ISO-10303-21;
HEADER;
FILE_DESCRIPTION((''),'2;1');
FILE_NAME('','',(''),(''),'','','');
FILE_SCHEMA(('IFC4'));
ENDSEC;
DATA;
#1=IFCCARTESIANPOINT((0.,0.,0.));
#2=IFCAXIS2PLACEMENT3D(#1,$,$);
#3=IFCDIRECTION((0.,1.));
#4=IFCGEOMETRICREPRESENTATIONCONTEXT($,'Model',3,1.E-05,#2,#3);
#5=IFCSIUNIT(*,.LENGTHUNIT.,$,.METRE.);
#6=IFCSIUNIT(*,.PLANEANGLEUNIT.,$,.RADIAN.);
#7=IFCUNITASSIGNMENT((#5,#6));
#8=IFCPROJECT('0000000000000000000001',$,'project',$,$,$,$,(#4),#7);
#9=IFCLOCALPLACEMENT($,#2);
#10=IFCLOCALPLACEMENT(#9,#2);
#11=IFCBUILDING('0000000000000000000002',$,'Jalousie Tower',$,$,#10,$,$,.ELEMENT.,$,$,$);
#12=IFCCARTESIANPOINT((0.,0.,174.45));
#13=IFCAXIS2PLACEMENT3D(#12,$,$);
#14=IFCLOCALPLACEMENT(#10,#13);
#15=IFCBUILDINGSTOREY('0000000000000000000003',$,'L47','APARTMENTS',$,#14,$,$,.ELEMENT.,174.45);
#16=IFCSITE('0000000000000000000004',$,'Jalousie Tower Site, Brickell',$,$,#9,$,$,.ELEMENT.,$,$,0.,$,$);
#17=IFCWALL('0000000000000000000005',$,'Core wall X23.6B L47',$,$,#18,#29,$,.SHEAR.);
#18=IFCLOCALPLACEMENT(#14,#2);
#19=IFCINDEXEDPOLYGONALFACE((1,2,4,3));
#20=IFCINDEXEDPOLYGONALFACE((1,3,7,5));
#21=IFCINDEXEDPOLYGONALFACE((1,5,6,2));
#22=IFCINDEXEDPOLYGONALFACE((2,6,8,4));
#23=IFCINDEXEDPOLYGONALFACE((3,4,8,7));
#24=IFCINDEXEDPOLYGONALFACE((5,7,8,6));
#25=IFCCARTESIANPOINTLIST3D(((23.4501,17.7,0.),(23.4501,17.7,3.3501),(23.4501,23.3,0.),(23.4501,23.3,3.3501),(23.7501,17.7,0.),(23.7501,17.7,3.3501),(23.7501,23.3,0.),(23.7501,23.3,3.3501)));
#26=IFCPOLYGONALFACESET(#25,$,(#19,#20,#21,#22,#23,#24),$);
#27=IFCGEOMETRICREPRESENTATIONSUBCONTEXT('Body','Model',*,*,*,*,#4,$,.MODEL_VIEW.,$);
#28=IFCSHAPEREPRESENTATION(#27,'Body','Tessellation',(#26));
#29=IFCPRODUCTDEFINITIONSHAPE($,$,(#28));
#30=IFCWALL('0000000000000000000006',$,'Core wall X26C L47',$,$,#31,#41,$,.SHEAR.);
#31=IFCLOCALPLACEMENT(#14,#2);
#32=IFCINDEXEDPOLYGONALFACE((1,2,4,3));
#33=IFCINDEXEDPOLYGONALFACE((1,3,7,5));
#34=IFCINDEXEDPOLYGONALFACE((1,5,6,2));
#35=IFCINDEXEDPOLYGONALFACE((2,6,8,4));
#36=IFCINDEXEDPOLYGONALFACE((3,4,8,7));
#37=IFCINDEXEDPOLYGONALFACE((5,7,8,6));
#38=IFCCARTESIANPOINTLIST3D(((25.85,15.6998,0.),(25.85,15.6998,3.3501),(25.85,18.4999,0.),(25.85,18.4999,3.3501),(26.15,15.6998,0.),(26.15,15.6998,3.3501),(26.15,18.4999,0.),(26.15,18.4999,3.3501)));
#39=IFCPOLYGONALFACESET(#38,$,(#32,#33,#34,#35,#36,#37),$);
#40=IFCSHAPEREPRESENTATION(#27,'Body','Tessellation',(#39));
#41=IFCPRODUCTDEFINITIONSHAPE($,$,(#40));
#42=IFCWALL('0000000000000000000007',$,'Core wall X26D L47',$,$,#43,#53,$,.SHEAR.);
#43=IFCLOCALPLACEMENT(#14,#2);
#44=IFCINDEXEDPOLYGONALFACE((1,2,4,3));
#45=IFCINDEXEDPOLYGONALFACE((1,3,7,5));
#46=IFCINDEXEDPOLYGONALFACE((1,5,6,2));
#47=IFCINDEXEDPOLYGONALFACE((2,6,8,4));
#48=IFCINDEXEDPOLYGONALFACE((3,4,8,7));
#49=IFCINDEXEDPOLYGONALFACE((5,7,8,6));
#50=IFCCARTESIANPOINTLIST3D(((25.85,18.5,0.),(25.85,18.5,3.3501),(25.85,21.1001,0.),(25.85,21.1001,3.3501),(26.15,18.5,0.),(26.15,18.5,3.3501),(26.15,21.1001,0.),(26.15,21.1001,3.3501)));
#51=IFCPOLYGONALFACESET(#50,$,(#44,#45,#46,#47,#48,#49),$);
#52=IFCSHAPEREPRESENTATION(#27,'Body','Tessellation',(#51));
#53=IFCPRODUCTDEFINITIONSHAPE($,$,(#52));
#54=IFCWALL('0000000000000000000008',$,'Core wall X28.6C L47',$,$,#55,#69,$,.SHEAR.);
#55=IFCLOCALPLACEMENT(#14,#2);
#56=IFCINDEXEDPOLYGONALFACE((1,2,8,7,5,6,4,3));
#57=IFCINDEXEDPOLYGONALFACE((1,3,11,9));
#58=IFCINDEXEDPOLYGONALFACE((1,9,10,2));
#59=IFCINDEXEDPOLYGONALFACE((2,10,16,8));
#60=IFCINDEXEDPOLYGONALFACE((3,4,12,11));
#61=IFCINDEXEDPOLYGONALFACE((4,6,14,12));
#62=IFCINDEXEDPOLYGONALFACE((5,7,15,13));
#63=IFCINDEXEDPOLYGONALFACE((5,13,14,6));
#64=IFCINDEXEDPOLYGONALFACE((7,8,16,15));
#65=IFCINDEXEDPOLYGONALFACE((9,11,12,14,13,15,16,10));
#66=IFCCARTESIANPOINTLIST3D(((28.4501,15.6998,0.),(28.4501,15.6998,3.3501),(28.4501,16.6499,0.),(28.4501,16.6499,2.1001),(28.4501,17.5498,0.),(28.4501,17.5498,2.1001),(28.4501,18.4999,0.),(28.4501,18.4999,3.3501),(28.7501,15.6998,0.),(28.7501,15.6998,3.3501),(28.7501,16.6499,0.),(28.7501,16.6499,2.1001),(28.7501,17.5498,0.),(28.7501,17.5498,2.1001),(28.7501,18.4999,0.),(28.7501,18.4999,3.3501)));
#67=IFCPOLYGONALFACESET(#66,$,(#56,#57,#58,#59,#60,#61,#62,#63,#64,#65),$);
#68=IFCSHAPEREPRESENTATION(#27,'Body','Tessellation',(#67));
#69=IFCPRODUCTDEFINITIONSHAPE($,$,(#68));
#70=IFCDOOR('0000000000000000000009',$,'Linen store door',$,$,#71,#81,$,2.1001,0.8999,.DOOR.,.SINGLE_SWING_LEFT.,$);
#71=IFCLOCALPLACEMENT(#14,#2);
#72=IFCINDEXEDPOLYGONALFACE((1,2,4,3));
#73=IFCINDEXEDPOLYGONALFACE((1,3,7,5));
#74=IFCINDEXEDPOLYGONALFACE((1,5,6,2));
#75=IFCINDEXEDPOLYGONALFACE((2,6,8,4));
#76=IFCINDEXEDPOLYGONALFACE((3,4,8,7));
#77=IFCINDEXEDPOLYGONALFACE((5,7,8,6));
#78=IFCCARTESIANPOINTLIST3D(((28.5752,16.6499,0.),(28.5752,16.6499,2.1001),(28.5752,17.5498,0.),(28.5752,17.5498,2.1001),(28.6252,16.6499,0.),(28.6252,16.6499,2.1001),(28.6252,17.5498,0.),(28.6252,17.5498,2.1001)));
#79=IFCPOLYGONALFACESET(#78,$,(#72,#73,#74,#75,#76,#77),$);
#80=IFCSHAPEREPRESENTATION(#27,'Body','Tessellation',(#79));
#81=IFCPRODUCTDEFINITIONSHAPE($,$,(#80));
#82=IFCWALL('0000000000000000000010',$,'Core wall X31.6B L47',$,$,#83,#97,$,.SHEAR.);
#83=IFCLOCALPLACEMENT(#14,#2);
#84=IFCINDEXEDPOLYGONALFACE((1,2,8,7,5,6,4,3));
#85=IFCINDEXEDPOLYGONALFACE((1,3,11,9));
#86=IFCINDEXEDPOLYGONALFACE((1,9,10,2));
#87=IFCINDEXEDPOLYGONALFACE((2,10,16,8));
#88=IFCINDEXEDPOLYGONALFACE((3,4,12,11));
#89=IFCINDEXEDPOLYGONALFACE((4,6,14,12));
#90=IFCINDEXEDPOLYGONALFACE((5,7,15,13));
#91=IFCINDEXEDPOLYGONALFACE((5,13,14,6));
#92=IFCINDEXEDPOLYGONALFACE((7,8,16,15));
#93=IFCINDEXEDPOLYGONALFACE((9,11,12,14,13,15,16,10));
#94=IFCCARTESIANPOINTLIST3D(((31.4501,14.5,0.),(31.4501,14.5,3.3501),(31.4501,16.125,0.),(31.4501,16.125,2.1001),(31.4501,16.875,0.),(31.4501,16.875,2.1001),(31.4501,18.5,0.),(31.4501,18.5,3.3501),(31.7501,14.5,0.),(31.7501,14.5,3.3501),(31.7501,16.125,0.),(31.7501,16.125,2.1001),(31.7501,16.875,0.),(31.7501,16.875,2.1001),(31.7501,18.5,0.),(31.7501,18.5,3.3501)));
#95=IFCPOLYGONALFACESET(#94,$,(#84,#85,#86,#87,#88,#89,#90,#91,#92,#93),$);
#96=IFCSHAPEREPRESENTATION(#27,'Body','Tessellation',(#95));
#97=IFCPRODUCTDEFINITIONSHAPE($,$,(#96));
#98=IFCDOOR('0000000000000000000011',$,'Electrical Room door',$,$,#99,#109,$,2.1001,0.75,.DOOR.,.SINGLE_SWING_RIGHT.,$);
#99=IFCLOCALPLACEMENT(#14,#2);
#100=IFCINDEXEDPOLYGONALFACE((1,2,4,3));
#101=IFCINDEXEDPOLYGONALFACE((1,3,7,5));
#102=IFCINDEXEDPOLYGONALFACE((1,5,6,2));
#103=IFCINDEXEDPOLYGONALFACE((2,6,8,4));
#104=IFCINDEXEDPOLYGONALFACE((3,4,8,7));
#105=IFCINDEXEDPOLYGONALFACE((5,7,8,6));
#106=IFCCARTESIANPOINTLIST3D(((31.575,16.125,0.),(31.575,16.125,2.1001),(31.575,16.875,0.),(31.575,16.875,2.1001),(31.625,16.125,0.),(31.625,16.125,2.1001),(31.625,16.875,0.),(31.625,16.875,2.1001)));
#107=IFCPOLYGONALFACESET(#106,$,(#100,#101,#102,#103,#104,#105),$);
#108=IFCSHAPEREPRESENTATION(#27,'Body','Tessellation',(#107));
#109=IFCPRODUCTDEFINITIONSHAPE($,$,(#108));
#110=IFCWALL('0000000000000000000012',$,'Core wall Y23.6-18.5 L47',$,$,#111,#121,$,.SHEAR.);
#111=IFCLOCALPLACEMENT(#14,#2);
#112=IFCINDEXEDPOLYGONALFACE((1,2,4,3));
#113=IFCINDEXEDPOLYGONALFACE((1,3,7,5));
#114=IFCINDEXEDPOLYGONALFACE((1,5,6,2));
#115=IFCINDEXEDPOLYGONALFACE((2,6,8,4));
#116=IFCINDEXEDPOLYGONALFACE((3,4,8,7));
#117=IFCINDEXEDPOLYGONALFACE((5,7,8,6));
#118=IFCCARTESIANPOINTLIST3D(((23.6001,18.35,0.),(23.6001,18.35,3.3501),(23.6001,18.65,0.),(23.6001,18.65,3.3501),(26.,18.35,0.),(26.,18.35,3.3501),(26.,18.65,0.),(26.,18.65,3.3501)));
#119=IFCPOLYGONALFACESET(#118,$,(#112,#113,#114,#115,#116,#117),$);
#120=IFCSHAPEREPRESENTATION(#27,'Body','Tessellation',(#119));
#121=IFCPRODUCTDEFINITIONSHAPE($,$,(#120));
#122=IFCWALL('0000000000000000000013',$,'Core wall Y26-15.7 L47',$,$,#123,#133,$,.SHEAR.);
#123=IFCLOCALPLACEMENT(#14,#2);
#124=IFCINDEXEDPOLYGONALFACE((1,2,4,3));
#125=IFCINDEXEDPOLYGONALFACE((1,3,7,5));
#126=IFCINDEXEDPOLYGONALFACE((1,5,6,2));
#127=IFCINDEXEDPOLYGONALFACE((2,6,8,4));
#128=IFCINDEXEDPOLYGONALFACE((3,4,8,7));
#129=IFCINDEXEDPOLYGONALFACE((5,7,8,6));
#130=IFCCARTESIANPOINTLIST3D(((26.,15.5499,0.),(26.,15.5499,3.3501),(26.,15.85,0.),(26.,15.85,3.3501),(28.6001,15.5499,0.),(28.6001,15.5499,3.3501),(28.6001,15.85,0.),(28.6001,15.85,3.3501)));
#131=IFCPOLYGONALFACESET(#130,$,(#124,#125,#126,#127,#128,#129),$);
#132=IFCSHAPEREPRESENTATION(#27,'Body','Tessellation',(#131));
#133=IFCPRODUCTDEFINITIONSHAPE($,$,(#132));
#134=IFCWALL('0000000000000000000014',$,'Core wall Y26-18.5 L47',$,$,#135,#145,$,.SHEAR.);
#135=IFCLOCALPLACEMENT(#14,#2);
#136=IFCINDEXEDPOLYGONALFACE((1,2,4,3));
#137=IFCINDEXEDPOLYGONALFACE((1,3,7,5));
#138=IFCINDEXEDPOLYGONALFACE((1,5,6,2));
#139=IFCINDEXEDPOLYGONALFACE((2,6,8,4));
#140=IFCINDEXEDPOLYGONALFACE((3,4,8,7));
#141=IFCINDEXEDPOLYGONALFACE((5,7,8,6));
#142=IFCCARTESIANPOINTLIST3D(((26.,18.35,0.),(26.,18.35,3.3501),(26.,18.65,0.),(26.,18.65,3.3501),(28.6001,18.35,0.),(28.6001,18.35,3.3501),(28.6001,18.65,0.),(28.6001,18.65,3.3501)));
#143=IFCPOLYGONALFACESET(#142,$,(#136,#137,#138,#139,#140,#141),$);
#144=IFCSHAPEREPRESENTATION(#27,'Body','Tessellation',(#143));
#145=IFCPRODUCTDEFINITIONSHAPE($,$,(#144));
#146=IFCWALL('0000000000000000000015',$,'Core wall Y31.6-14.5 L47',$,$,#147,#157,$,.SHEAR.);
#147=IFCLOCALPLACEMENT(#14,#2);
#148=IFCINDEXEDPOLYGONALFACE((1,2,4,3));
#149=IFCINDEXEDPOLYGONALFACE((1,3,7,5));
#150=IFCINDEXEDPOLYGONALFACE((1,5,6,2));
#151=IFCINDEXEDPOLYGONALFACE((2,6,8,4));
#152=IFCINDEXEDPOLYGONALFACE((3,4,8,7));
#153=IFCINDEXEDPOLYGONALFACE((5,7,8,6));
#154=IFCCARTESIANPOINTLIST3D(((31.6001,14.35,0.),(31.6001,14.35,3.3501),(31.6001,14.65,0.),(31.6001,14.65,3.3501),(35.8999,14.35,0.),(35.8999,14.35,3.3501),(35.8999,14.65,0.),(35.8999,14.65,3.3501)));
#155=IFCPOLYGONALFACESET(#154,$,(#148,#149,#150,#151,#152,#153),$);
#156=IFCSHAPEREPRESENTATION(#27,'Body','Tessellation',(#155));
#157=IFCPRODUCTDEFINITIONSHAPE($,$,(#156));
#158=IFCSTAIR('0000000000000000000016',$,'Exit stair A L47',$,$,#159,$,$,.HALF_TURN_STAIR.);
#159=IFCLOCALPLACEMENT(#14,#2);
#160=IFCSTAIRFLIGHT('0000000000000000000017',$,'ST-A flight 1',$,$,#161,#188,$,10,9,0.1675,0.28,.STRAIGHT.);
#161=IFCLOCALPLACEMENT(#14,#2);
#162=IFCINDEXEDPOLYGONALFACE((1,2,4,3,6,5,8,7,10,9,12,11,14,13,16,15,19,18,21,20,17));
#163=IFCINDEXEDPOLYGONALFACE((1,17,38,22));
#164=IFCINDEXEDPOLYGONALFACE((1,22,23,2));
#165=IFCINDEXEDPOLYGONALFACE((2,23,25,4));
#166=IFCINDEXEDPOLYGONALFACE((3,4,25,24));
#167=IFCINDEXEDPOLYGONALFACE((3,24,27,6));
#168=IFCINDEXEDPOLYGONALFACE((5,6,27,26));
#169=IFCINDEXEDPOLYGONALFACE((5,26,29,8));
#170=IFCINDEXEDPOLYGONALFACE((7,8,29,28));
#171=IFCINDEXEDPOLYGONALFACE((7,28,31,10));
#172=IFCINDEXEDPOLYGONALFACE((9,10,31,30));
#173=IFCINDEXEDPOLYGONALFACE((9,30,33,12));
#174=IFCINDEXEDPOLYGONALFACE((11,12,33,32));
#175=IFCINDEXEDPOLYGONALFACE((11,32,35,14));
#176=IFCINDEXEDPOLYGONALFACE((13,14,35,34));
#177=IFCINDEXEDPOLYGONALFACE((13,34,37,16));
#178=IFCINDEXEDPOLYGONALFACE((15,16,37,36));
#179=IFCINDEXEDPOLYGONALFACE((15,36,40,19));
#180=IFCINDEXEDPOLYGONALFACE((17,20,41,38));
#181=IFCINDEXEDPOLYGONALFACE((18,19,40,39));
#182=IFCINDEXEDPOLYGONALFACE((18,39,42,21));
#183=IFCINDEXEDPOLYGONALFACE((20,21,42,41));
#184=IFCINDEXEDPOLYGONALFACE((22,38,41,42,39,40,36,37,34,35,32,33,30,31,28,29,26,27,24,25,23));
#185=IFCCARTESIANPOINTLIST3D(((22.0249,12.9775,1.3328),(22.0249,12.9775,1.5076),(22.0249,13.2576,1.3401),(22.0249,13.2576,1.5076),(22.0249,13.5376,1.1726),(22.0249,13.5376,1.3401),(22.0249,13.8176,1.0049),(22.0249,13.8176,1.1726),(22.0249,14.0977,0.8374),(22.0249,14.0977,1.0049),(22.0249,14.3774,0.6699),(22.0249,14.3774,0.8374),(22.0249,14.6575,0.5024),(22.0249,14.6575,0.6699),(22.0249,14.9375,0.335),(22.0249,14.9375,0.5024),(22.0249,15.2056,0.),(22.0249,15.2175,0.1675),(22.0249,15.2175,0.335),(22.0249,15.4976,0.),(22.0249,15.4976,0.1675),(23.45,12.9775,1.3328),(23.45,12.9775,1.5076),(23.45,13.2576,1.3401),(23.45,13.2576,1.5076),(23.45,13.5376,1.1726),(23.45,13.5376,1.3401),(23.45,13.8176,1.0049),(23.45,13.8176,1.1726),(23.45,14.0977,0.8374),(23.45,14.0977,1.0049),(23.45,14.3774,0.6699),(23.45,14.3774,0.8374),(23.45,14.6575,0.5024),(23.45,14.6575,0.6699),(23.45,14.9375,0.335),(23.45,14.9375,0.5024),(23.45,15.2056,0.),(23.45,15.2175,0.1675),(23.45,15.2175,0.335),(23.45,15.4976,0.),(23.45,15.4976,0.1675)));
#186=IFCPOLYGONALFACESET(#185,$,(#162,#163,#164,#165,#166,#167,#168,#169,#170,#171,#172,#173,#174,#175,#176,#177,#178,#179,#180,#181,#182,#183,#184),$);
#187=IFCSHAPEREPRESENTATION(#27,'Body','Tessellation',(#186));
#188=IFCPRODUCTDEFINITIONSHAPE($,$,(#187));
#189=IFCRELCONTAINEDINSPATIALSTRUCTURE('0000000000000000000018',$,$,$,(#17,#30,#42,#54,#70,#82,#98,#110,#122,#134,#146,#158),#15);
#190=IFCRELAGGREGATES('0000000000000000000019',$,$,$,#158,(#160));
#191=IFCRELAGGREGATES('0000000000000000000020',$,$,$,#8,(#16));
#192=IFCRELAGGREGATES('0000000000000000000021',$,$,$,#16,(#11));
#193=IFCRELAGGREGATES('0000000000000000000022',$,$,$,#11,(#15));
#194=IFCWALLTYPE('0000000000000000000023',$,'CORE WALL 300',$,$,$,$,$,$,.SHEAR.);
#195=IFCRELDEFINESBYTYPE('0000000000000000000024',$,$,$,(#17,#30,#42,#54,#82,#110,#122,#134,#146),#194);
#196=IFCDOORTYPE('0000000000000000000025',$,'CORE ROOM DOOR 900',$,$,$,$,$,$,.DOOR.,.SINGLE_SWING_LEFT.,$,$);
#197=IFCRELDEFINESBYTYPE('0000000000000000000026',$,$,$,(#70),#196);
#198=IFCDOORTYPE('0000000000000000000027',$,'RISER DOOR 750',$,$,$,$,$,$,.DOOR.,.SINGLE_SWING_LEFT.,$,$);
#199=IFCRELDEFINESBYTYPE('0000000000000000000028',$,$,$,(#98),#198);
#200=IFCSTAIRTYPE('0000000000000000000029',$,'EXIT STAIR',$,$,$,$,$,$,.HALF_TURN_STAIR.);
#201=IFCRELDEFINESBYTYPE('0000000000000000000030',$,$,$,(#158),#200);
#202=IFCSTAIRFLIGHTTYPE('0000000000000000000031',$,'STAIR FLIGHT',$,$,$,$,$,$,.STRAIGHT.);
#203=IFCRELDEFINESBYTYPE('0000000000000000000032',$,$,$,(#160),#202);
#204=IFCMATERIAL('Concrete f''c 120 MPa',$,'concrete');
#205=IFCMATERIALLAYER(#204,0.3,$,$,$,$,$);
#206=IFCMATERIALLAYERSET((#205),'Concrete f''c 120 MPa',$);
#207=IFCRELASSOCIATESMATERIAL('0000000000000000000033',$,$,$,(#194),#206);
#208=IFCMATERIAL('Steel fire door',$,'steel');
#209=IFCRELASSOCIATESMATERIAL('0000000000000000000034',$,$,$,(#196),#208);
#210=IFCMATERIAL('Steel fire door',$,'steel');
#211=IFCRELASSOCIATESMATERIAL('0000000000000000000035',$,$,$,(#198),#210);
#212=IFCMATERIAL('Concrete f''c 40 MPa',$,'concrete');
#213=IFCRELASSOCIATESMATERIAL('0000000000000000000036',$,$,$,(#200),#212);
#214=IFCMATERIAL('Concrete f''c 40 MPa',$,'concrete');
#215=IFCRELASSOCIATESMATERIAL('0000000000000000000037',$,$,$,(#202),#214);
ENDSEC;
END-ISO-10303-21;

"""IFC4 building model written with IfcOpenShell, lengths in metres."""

from ifc_helpers import new_model, si_unit, direction, frame, frame_2d, origin, place, context, subcontext, project, spatial, polyline, rectangle, outline, extrude, material, layer, layer_set, type_object, element, fill, aggregate, save


model = new_model("IFC4")

# Units and contexts
model_context = context("Model", 3, precision=1e-05, world=origin(), true_north=direction((0.0, 1.0)))
body_context = subcontext(model_context, "Body", "Model", "MODEL_VIEW")
ifc_project = project(units=[si_unit("LENGTHUNIT", "METRE"), si_unit("PLANEANGLEUNIT", "RADIAN")], contexts=[model_context])

# Site, building, storey
site_placement = place(None, origin())
site = spatial("IfcSite", under=ifc_project, at=site_placement, Name="Jalousie Tower Site, Brickell", CompositionType="ELEMENT", RefElevation=0.0)
building_placement = place(site_placement, origin())
building = spatial("IfcBuilding", under=site, at=building_placement, Name="Jalousie Tower", CompositionType="ELEMENT")
storey_placement = place(building_placement, frame((0.0, 0.0, 174.45)))
storey = spatial("IfcBuildingStorey", under=building, at=storey_placement, Name="L47", Description="APARTMENTS", CompositionType="ELEMENT", Elevation=174.45)

# Walls
ifc_material_1 = material(Name="Concrete f'c 120 MPa", Category="concrete")
ifc_layer = layer(ifc_material_1, 0.3)
ifc_layer_set = layer_set([ifc_layer], Name="Concrete f'c 120 MPa")
wall_type = type_object("IfcWallType", Name="CORE WALL 300", PredefinedType="SHEAR", material=ifc_layer_set)
wall_1_placement = place(storey_placement, frame((23.6001, 17.7, 0.0), z_axis=(0.0, 0.0, 1.0), x_axis=(0.0, 1.0, 0.0)))
element("IfcWall", 1, at=wall_1_placement, inside=storey, type_object=wall_type, Name="Core wall X23.6B L47", PredefinedType="SHEAR", context=body_context, shape_type="SweptSolid", body=[
    extrude(rectangle(XDim=5.6001, YDim=0.3, at=frame_2d((2.8, 0.0))), origin(), (0.0, 0.0, 1.0), 3.3501),
])
wall_2_placement = place(storey_placement, frame((26.0, 15.7, 0.0), z_axis=(0.0, 0.0, 1.0), x_axis=(0.0, 1.0, 0.0)))
element("IfcWall", 2, at=wall_2_placement, inside=storey, type_object=wall_type, Name="Core wall X26C L47", PredefinedType="SHEAR", context=body_context, shape_type="SweptSolid", body=[
    extrude(rectangle(XDim=2.8, YDim=0.3, at=frame_2d((1.3999, 0.0))), origin(), (0.0, 0.0, 1.0), 3.3501),
])
wall_3_placement = place(storey_placement, frame((26.0, 18.5, 0.0), z_axis=(0.0, 0.0, 1.0), x_axis=(0.0, 1.0, 0.0)))
element("IfcWall", 3, at=wall_3_placement, inside=storey, type_object=wall_type, Name="Core wall X26D L47", PredefinedType="SHEAR", context=body_context, shape_type="SweptSolid", body=[
    extrude(rectangle(XDim=2.6001, YDim=0.3, at=frame_2d((1.3, 0.0))), origin(), (0.0, 0.0, 1.0), 3.3501),
])

# Walls, openings, doors
wall_4_placement = place(storey_placement, frame((28.6001, 15.7, 0.0), z_axis=(0.0, 0.0, 1.0), x_axis=(0.0, 1.0, 0.0)))
wall_4 = element("IfcWall", 4, at=wall_4_placement, inside=storey, type_object=wall_type, Name="Core wall X28.6C L47", PredefinedType="SHEAR", context=body_context, shape_type="SweptSolid", body=[
    extrude(rectangle(XDim=2.8, YDim=0.3, at=frame_2d((1.3999, 0.0))), origin(), (0.0, 0.0, 1.0), 3.3501),
])
opening_1_placement = place(wall_4_placement, frame((0.95, 0.0, 0.0)))
opening_1 = element("IfcOpeningElement", 5, at=opening_1_placement, cuts=wall_4, PredefinedType="OPENING", context=body_context, shape_type="SweptSolid", body=[
    extrude(rectangle(XDim=0.8999, YDim=2.1001, at=frame_2d((0.45, 1.05))), frame((0.0, 0.1599, 0.0), z_axis=(0.0, -1.0, 0.0), x_axis=(1.0, 0.0, 0.0)), (0.0, 0.0, 1.0), 0.3201),
])
ifc_material_2 = material(Name="Steel fire door", Category="steel")
door_type_1 = type_object("IfcDoorType", Name="CORE ROOM DOOR 900", OperationType="SINGLE_SWING_LEFT", PredefinedType="DOOR", material=ifc_material_2)
door_1_placement = place(opening_1_placement, origin())
door_1 = element("IfcDoor", 6, at=door_1_placement, inside=storey, type_object=door_type_1, Name="Linen store door", OperationType="SINGLE_SWING_LEFT", OverallHeight=2.1001, OverallWidth=0.8999, PredefinedType="DOOR", context=body_context, shape_type="SweptSolid", body=[
    extrude(rectangle(XDim=0.8999, YDim=2.1001, at=frame_2d((0.45, 1.05))), frame((0.0, 0.0249, 0.0), z_axis=(0.0, -1.0, 0.0), x_axis=(1.0, 0.0, 0.0)), (0.0, 0.0, 1.0), 0.05),
])
fill(opening_1, door_1)
wall_5_placement = place(storey_placement, frame((31.6001, 14.5, 0.0), z_axis=(0.0, 0.0, 1.0), x_axis=(0.0, 1.0, 0.0)))
wall_5 = element("IfcWall", 7, at=wall_5_placement, inside=storey, type_object=wall_type, Name="Core wall X31.6B L47", PredefinedType="SHEAR", context=body_context, shape_type="SweptSolid", body=[
    extrude(rectangle(XDim=4.0, YDim=0.3, at=frame_2d((2.0, 0.0))), origin(), (0.0, 0.0, 1.0), 3.3501),
])
opening_2_placement = place(wall_5_placement, frame((1.625, 0.0, 0.0)))
opening_2 = element("IfcOpeningElement", 8, at=opening_2_placement, cuts=wall_5, PredefinedType="OPENING", context=body_context, shape_type="SweptSolid", body=[
    extrude(rectangle(XDim=0.75, YDim=2.1001, at=frame_2d((0.375, 1.05))), frame((0.0, 0.1599, 0.0), z_axis=(0.0, -1.0, 0.0), x_axis=(1.0, 0.0, 0.0)), (0.0, 0.0, 1.0), 0.3201),
])
ifc_material_3 = material(Name="Steel fire door", Category="steel")
door_type_2 = type_object("IfcDoorType", Name="RISER DOOR 750", OperationType="SINGLE_SWING_LEFT", PredefinedType="DOOR", material=ifc_material_3)
door_2_placement = place(opening_2_placement, frame((0.75, 0.0, 0.0), z_axis=(0.0, 0.0, 1.0), x_axis=(-1.0, 0.0, 0.0)))
door_2 = element("IfcDoor", 9, at=door_2_placement, inside=storey, type_object=door_type_2, Name="Electrical Room door", OperationType="SINGLE_SWING_RIGHT", OverallHeight=2.1001, OverallWidth=0.75, PredefinedType="DOOR", context=body_context, shape_type="SweptSolid", body=[
    extrude(rectangle(XDim=0.75, YDim=2.1001, at=frame_2d((0.375, 1.05))), frame((0.0, 0.0249, 0.0), z_axis=(0.0, -1.0, 0.0), x_axis=(1.0, 0.0, 0.0)), (0.0, 0.0, 1.0), 0.05),
])
fill(opening_2, door_2)

# Walls
wall_6_placement = place(storey_placement, frame((23.6001, 18.5, 0.0), z_axis=(0.0, 0.0, 1.0), x_axis=(1.0, 0.0, 0.0)))
element("IfcWall", 10, at=wall_6_placement, inside=storey, type_object=wall_type, Name="Core wall Y23.6-18.5 L47", PredefinedType="SHEAR", context=body_context, shape_type="SweptSolid", body=[
    extrude(rectangle(XDim=2.3999, YDim=0.3, at=frame_2d((1.2, 0.0))), origin(), (0.0, 0.0, 1.0), 3.3501),
])
for number, where, z_axis, x_axis, name in (
    (11, (26.0, 15.7, 0.0), (0.0, 0.0, 1.0), (1.0, 0.0, 0.0), "Core wall Y26-15.7 L47"),
    (12, (26.0, 18.5, 0.0), (0.0, 0.0, 1.0), (1.0, 0.0, 0.0), "Core wall Y26-18.5 L47"),
):
    element("IfcWall", number, at=place(storey_placement, frame(where, z_axis=z_axis, x_axis=x_axis)), inside=storey, type_object=wall_type, Name=name, PredefinedType="SHEAR", context=body_context, shape_type="SweptSolid", body=[
        extrude(rectangle(XDim=2.6001, YDim=0.3, at=frame_2d((1.3, 0.0))), origin(), (0.0, 0.0, 1.0), 3.3501),
    ])
wall_7_placement = place(storey_placement, frame((31.6001, 14.5, 0.0), z_axis=(0.0, 0.0, 1.0), x_axis=(1.0, 0.0, 0.0)))
element("IfcWall", 13, at=wall_7_placement, inside=storey, type_object=wall_type, Name="Core wall Y31.6-14.5 L47", PredefinedType="SHEAR", context=body_context, shape_type="SweptSolid", body=[
    extrude(rectangle(XDim=4.2998, YDim=0.3, at=frame_2d((2.1499, 0.0))), origin(), (0.0, 0.0, 1.0), 3.3501),
])

# Stair, stair flight
ifc_material_4 = material(Name="Concrete f'c 40 MPa", Category="concrete")
stair_type = type_object("IfcStairType", Name="EXIT STAIR", PredefinedType="HALF_TURN_STAIR", material=ifc_material_4)
stair_placement = place(storey_placement, origin())
stair = element("IfcStair", 14, at=stair_placement, inside=storey, type_object=stair_type, Name="Exit stair A L47", PredefinedType="HALF_TURN_STAIR")
ifc_material_5 = material(Name="Concrete f'c 40 MPa", Category="concrete")
stair_flight_type = type_object("IfcStairFlightType", Name="STAIR FLIGHT", PredefinedType="STRAIGHT", material=ifc_material_5)
stair_flight_placement = place(storey_placement, frame((22.7375, 15.4976, 0.0), z_axis=(0.0, 0.0, 1.0), x_axis=(0.0, -1.0, 0.0)))
stair_flight = element("IfcStairFlight", 15, at=stair_flight_placement, type_object=stair_flight_type, Name="ST-A flight 1", NumberOfRisers=10, NumberOfTreads=9, PredefinedType="STRAIGHT", RiserHeight=0.1675, TreadLength=0.28, context=body_context, shape_type="SweptSolid", body=[
    extrude(outline(polyline([(0.0, 0.0), (0.0, 0.1675), (0.28, 0.1675), (0.28, 0.335), (0.5601, 0.335), (0.5601, 0.5024), (0.8401, 0.5024), (0.8401, 0.6699), (1.1201, 0.6699), (1.1201, 0.8374), (1.3999, 0.8374), (1.3999, 1.0049), (1.6799, 1.0049), (1.6799, 1.1726), (1.96, 1.1726), (1.96, 1.3401), (2.24, 1.3401), (2.24, 1.5076), (2.52, 1.5076), (2.52, 1.675), (2.52, 1.3328), (0.292, 0.0), (0.0, 0.0)])), frame((0.0, 0.7124, 0.0), z_axis=(0.0, -1.0, 0.0), x_axis=(1.0, 0.0, 0.0)), (0.0, 0.0, 1.0), 1.425),
])
aggregate(stair, [stair_flight])

save(model, "model.ifc")
